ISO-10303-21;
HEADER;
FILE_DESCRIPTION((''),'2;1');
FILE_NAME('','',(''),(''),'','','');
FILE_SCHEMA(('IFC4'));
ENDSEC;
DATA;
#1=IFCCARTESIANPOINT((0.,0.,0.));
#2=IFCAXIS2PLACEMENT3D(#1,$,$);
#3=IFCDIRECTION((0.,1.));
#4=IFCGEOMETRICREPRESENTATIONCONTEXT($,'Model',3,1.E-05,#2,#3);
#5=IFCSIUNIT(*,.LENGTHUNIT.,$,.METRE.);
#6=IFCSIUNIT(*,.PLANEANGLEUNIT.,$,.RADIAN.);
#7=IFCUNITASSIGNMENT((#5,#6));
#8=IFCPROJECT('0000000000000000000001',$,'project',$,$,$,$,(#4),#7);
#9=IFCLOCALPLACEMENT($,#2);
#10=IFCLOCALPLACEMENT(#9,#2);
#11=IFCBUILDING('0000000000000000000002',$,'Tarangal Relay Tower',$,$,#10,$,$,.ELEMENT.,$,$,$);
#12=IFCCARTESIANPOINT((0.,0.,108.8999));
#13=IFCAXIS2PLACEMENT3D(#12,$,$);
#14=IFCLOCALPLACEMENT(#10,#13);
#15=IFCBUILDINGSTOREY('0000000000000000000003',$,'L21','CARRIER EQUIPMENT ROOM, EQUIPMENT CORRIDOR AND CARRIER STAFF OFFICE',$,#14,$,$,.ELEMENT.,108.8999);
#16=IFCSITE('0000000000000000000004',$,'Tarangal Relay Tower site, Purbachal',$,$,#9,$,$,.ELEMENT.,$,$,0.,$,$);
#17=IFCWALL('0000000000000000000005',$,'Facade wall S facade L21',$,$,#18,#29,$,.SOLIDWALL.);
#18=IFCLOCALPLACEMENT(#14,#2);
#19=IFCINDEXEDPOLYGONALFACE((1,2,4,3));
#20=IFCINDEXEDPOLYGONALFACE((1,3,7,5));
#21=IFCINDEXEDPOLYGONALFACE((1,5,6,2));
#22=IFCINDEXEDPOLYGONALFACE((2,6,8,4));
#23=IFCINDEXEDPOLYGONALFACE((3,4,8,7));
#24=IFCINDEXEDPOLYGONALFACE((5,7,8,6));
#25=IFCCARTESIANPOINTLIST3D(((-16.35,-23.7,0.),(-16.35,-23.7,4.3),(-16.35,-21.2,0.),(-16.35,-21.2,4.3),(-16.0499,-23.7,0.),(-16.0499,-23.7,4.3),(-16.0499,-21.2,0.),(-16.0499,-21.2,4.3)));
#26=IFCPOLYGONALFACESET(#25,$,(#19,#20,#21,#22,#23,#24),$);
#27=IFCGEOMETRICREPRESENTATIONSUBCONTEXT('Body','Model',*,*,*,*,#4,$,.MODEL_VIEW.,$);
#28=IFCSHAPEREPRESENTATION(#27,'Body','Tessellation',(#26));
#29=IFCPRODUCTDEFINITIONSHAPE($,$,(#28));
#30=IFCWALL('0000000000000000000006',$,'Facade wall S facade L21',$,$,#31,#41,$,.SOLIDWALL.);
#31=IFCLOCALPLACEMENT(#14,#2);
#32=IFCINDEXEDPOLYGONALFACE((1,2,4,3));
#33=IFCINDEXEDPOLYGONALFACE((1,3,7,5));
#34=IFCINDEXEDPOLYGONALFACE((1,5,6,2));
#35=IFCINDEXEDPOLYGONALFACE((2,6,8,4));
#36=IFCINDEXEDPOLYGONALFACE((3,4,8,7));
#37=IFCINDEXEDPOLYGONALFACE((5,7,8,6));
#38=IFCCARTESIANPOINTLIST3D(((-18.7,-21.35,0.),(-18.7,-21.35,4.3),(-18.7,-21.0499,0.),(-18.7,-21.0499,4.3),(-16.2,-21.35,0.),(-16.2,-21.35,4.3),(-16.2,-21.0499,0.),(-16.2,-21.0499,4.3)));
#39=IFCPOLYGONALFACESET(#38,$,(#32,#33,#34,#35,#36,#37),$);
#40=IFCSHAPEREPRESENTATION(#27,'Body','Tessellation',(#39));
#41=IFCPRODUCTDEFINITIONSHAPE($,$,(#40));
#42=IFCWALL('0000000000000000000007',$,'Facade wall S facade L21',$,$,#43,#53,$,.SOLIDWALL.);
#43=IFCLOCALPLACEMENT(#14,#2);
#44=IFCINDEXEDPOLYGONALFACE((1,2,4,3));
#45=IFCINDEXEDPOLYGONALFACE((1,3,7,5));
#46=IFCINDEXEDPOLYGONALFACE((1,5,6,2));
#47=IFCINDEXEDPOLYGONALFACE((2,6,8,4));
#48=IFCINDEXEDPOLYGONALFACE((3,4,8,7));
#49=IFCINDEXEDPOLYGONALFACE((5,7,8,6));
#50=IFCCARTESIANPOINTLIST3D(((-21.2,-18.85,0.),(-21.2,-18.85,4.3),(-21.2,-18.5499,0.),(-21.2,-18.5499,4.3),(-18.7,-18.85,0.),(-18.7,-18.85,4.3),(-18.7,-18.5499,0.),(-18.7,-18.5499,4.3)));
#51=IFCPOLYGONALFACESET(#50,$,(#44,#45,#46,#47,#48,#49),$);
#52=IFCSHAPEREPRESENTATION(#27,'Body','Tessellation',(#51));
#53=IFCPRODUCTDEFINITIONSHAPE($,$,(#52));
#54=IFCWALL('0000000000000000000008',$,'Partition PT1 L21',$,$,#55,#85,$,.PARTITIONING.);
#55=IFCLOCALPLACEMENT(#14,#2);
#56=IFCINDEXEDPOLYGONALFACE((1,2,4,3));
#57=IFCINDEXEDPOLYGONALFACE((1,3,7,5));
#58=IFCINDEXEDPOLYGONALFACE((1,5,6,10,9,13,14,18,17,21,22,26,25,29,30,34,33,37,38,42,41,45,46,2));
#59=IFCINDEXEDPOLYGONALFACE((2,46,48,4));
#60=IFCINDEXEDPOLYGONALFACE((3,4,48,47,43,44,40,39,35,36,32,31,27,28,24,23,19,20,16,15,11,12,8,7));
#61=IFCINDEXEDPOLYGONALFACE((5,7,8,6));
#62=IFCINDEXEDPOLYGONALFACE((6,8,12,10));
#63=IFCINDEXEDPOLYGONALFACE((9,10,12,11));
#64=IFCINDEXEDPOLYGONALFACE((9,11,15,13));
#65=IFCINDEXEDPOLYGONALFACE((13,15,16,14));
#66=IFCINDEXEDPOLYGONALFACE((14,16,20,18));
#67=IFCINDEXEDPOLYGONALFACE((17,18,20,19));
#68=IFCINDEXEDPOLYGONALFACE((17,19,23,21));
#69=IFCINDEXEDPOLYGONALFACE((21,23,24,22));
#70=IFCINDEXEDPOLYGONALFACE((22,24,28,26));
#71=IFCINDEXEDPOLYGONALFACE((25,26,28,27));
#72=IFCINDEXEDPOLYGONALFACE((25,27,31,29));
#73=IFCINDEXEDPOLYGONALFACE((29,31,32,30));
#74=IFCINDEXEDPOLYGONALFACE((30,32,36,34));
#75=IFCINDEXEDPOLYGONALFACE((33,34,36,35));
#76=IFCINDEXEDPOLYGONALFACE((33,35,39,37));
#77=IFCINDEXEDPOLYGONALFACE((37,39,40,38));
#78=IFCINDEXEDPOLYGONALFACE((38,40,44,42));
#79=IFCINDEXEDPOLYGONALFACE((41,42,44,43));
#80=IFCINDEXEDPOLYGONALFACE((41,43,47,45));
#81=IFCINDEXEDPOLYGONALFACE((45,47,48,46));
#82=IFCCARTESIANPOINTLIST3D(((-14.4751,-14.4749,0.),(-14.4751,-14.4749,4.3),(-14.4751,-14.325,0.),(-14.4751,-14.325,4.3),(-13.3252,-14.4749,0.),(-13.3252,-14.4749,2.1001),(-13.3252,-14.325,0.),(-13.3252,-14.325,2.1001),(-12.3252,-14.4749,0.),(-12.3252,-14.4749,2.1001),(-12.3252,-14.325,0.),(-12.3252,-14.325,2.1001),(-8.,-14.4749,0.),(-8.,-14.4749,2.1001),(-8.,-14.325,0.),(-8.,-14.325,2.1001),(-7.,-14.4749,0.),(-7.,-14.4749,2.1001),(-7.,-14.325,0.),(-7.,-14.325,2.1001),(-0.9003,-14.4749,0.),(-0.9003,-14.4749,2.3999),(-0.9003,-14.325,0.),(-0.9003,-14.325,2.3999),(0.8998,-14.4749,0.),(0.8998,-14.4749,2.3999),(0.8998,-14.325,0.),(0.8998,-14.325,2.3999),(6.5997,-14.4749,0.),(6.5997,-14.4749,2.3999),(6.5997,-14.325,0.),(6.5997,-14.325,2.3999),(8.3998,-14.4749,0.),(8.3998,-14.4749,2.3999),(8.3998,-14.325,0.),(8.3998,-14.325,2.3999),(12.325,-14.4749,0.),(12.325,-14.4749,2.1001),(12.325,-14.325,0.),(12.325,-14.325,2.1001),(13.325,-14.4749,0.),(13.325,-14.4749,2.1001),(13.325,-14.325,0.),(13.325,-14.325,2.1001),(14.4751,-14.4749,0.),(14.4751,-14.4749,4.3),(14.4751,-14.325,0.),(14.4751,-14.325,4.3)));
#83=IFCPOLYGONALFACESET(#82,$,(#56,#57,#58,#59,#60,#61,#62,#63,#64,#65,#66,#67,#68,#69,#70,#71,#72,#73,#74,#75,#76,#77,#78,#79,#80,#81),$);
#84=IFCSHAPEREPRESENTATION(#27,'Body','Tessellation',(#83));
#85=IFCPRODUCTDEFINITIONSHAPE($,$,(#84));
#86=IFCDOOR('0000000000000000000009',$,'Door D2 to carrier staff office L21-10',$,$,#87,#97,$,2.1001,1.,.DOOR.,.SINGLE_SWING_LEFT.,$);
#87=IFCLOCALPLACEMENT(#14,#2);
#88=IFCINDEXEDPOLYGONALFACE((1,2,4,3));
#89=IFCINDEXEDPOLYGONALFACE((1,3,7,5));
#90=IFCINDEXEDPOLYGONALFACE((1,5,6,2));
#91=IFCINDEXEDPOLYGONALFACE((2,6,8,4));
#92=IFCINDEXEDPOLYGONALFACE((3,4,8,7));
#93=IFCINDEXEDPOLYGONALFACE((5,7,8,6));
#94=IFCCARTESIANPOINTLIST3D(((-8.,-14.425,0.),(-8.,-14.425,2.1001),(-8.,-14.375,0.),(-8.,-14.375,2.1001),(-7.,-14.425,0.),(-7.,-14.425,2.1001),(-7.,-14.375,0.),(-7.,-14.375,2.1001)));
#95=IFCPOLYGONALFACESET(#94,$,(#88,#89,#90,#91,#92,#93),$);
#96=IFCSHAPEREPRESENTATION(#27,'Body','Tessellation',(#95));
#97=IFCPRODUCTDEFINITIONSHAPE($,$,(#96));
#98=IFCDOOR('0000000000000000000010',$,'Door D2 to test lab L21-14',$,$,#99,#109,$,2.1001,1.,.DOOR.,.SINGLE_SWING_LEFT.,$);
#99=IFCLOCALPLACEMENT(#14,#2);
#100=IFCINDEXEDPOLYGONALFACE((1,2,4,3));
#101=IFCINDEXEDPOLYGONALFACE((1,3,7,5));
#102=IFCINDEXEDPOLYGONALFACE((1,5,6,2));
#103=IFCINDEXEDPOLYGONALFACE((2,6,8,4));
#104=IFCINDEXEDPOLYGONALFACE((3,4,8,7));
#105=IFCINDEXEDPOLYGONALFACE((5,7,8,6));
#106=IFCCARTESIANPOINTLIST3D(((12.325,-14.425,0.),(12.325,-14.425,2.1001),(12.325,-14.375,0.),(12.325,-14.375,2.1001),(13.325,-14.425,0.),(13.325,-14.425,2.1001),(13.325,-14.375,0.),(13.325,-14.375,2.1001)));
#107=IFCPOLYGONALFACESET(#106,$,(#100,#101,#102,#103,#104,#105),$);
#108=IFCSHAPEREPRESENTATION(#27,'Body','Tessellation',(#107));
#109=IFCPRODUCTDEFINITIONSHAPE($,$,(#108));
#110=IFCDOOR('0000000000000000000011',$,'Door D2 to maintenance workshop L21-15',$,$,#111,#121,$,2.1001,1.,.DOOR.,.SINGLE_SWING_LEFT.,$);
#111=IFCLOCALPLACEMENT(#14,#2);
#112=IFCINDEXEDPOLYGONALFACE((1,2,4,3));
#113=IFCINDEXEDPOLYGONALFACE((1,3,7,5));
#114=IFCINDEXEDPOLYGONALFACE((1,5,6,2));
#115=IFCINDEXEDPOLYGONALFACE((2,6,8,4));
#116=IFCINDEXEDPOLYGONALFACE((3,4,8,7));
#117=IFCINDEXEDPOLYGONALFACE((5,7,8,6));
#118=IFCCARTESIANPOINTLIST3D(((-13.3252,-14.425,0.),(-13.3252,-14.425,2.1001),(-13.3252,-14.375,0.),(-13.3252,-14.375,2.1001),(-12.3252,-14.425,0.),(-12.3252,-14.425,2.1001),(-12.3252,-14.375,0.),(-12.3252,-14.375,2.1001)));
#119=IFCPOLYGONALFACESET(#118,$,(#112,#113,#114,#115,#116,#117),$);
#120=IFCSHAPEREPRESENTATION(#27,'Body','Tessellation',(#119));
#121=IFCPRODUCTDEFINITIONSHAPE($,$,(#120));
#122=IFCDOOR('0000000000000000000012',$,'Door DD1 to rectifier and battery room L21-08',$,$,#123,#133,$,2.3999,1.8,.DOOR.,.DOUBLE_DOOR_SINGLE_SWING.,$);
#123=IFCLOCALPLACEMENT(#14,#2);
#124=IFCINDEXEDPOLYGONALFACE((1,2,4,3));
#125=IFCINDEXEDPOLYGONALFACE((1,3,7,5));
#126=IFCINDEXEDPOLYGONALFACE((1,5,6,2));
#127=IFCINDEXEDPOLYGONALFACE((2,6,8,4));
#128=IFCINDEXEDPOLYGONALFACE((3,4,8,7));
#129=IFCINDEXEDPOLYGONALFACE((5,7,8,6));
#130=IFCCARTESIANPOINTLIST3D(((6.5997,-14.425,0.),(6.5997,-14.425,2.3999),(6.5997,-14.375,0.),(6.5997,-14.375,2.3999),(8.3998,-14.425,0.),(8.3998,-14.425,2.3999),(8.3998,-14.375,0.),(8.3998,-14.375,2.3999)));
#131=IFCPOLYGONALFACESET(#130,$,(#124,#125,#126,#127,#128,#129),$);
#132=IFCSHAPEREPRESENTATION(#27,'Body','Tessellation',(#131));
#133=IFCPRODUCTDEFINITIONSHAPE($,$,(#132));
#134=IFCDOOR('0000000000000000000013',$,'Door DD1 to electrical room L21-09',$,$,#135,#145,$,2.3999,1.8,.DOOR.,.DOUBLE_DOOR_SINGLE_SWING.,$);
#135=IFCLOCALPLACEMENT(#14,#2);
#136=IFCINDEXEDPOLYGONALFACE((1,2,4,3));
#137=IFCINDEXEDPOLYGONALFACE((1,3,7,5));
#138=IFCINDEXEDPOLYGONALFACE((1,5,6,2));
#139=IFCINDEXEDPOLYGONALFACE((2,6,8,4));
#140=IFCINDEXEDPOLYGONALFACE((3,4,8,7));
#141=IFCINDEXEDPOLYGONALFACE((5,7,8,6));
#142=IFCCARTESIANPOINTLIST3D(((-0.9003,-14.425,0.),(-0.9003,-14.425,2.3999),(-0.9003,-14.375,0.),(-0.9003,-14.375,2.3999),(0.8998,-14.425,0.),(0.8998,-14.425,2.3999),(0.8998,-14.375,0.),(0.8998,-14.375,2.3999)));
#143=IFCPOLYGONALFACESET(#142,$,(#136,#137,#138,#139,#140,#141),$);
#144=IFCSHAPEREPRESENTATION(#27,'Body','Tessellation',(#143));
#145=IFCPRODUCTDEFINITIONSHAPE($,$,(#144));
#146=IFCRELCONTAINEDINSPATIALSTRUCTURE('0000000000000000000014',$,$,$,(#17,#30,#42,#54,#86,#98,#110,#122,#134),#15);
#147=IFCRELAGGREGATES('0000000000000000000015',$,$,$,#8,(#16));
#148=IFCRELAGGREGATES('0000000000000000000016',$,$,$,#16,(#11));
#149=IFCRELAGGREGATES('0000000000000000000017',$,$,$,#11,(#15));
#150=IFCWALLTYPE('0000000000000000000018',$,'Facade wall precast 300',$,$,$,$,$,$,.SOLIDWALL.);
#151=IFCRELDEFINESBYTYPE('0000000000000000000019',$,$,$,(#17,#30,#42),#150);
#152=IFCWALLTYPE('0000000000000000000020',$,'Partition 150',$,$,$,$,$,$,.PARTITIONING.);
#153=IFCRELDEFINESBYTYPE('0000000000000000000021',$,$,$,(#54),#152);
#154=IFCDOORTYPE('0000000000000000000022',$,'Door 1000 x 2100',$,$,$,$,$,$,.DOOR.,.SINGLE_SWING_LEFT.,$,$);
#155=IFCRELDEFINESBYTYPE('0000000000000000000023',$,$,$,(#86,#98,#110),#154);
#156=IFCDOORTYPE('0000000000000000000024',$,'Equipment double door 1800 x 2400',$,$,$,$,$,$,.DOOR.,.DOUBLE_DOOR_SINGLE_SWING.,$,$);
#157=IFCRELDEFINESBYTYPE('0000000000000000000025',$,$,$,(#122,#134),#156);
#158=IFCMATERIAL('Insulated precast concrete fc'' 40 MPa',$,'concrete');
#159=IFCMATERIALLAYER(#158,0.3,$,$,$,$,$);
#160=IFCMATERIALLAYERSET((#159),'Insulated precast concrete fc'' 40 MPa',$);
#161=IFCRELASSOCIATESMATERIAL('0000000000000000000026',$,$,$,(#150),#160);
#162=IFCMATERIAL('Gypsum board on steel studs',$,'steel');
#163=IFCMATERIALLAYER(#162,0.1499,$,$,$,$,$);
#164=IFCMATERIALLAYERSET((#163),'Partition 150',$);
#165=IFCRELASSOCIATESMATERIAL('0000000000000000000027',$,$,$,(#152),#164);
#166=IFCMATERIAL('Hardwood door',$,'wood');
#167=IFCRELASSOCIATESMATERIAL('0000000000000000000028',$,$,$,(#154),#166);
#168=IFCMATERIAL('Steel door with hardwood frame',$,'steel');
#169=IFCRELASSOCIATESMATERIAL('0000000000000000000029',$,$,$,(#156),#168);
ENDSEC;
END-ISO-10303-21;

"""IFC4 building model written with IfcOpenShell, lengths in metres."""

from ifc_helpers import new_model, si_unit, direction, frame, frame_2d, origin, place, context, subcontext, project, spatial, rectangle, extrude, material, layer, layer_set, type_object, element, fill, save


model = new_model("IFC4")

# Units and contexts
model_context = context("Model", 3, precision=1e-05, world=origin(), true_north=direction((0.0, 1.0)))
body_context = subcontext(model_context, "Body", "Model", "MODEL_VIEW")
ifc_project = project(units=[si_unit("LENGTHUNIT", "METRE"), si_unit("PLANEANGLEUNIT", "RADIAN")], contexts=[model_context])

# Site, building, storey
site_placement = place(None, origin())
site = spatial("IfcSite", under=ifc_project, at=site_placement, Name="Tarangal Relay Tower site, Purbachal", CompositionType="ELEMENT", RefElevation=0.0)
building_placement = place(site_placement, origin())
building = spatial("IfcBuilding", under=site, at=building_placement, Name="Tarangal Relay Tower", CompositionType="ELEMENT")
storey_placement = place(building_placement, frame((0.0, 0.0, 108.8999)))
storey = spatial("IfcBuildingStorey", under=building, at=storey_placement, Name="L21", Description="CARRIER EQUIPMENT ROOM, EQUIPMENT CORRIDOR AND CARRIER STAFF OFFICE", CompositionType="ELEMENT", Elevation=108.8999)

# Walls
ifc_material_1 = material(Name="Insulated precast concrete fc' 40 MPa", Category="concrete")
ifc_layer_1 = layer(ifc_material_1, 0.3)
ifc_layer_set_1 = layer_set([ifc_layer_1], Name="Insulated precast concrete fc' 40 MPa")
wall_type_1 = type_object("IfcWallType", Name="Facade wall precast 300", PredefinedType="SOLIDWALL", material=ifc_layer_set_1)
for number, where, z_axis, x_axis, name in (
    (1, (-16.2, -23.7, 0.0), (0.0, 0.0, 1.0), (0.0, 1.0, 0.0), "Facade wall S facade L21"),
    (2, (-16.2, -21.2, 0.0), (0.0, 0.0, 1.0), (-1.0, 0.0, 0.0), "Facade wall S facade L21"),
):
    element("IfcWall", number, at=place(storey_placement, frame(where, z_axis=z_axis, x_axis=x_axis)), inside=storey, type_object=wall_type_1, Name=name, PredefinedType="SOLIDWALL", context=body_context, shape_type="SweptSolid", body=[
        extrude(rectangle(XDim=2.5, YDim=0.3, at=frame_2d((1.25, 0.0))), origin(), (0.0, 0.0, 1.0), 4.3),
    ])

# Wall
wall_1_placement = place(storey_placement, frame((-18.7, -18.7, 0.0), z_axis=(0.0, 0.0, 1.0), x_axis=(-1.0, 0.0, 0.0)))
element("IfcWall", 3, at=wall_1_placement, inside=storey, type_object=wall_type_1, Name="Facade wall S facade L21", PredefinedType="SOLIDWALL", context=body_context, shape_type="SweptSolid", body=[
    extrude(rectangle(XDim=2.5, YDim=0.3, at=frame_2d((1.25, 0.0))), origin(), (0.0, 0.0, 1.0), 4.3),
])

# Wall, openings, doors
ifc_material_2 = material(Name="Gypsum board on steel studs", Category="steel")
ifc_layer_2 = layer(ifc_material_2, 0.1499)
ifc_layer_set_2 = layer_set([ifc_layer_2], Name="Partition 150")
wall_type_2 = type_object("IfcWallType", Name="Partition 150", PredefinedType="PARTITIONING", material=ifc_layer_set_2)
wall_2_placement = place(storey_placement, frame((-14.4751, -14.3999, 0.0), z_axis=(0.0, 0.0, 1.0), x_axis=(1.0, 0.0, 0.0)))
wall_2 = element("IfcWall", 4, at=wall_2_placement, inside=storey, type_object=wall_type_2, Name="Partition PT1 L21", PredefinedType="PARTITIONING", context=body_context, shape_type="SweptSolid", body=[
    extrude(rectangle(XDim=28.9502, YDim=0.1499, at=frame_2d((14.4751, 0.0))), origin(), (0.0, 0.0, 1.0), 4.3),
])
opening_1_placement = place(wall_2_placement, frame((21.075, 0.0, 0.0)))
opening_1 = element("IfcOpeningElement", 5, at=opening_1_placement, cuts=wall_2, PredefinedType="OPENING", context=body_context, shape_type="SweptSolid", body=[
    extrude(rectangle(XDim=1.8, YDim=2.3999, at=frame_2d((0.8999, 1.2))), frame((0.0, 0.085, 0.0), z_axis=(0.0, -1.0, 0.0), x_axis=(1.0, 0.0, 0.0)), (0.0, 0.0, 1.0), 0.1699),
])
opening_2_placement = place(wall_2_placement, frame((13.575, 0.0, 0.0)))
opening_2 = element("IfcOpeningElement", 6, at=opening_2_placement, cuts=wall_2, PredefinedType="OPENING", context=body_context, shape_type="SweptSolid", body=[
    extrude(rectangle(XDim=1.8, YDim=2.3999, at=frame_2d((0.8999, 1.2))), frame((0.0, 0.085, 0.0), z_axis=(0.0, -1.0, 0.0), x_axis=(1.0, 0.0, 0.0)), (0.0, 0.0, 1.0), 0.1699),
])
opening_3_placement = place(wall_2_placement, frame((6.4751, 0.0, 0.0)))
opening_3 = element("IfcOpeningElement", 7, at=opening_3_placement, cuts=wall_2, PredefinedType="OPENING", context=body_context, shape_type="SweptSolid", body=[
    extrude(rectangle(XDim=1.0, YDim=2.1001, at=frame_2d((0.5, 1.05))), frame((0.0, 0.085, 0.0), z_axis=(0.0, -1.0, 0.0), x_axis=(1.0, 0.0, 0.0)), (0.0, 0.0, 1.0), 0.1699),
])
opening_4_placement = place(wall_2_placement, frame((26.8, 0.0, 0.0)))
opening_4 = element("IfcOpeningElement", 8, at=opening_4_placement, cuts=wall_2, PredefinedType="OPENING", context=body_context, shape_type="SweptSolid", body=[
    extrude(rectangle(XDim=1.0, YDim=2.1001, at=frame_2d((0.5, 1.05))), frame((0.0, 0.085, 0.0), z_axis=(0.0, -1.0, 0.0), x_axis=(1.0, 0.0, 0.0)), (0.0, 0.0, 1.0), 0.1699),
])
opening_5_placement = place(wall_2_placement, frame((1.1499, 0.0, 0.0)))
opening_5 = element("IfcOpeningElement", 9, at=opening_5_placement, cuts=wall_2, PredefinedType="OPENING", context=body_context, shape_type="SweptSolid", body=[
    extrude(rectangle(XDim=1.0, YDim=2.1001, at=frame_2d((0.5, 1.05))), frame((0.0, 0.085, 0.0), z_axis=(0.0, -1.0, 0.0), x_axis=(1.0, 0.0, 0.0)), (0.0, 0.0, 1.0), 0.1699),
])
ifc_material_3 = material(Name="Hardwood door", Category="wood")
door_type_1 = type_object("IfcDoorType", Name="Door 1000 x 2100", OperationType="SINGLE_SWING_LEFT", PredefinedType="DOOR", material=ifc_material_3)
door_1_placement = place(opening_3_placement, origin())
door_1 = element("IfcDoor", 10, at=door_1_placement, inside=storey, type_object=door_type_1, Name="Door D2 to carrier staff office L21-10", OperationType="SINGLE_SWING_LEFT", OverallHeight=2.1001, OverallWidth=1.0, PredefinedType="DOOR", context=body_context, shape_type="SweptSolid", body=[
    extrude(rectangle(XDim=1.0, YDim=2.1001, at=frame_2d((0.5, 1.05))), frame((0.0, 0.0249, 0.0), z_axis=(0.0, -1.0, 0.0), x_axis=(1.0, 0.0, 0.0)), (0.0, 0.0, 1.0), 0.05),
])
fill(opening_3, door_1)
door_2_placement = place(opening_4_placement, origin())
door_2 = element("IfcDoor", 11, at=door_2_placement, inside=storey, type_object=door_type_1, Name="Door D2 to test lab L21-14", OperationType="SINGLE_SWING_LEFT", OverallHeight=2.1001, OverallWidth=1.0, PredefinedType="DOOR", context=body_context, shape_type="SweptSolid", body=[
    extrude(rectangle(XDim=1.0, YDim=2.1001, at=frame_2d((0.5, 1.05))), frame((0.0, 0.0249, 0.0), z_axis=(0.0, -1.0, 0.0), x_axis=(1.0, 0.0, 0.0)), (0.0, 0.0, 1.0), 0.05),
])
fill(opening_4, door_2)
door_3_placement = place(opening_5_placement, origin())
door_3 = element("IfcDoor", 12, at=door_3_placement, inside=storey, type_object=door_type_1, Name="Door D2 to maintenance workshop L21-15", OperationType="SINGLE_SWING_LEFT", OverallHeight=2.1001, OverallWidth=1.0, PredefinedType="DOOR", context=body_context, shape_type="SweptSolid", body=[
    extrude(rectangle(XDim=1.0, YDim=2.1001, at=frame_2d((0.5, 1.05))), frame((0.0, 0.0249, 0.0), z_axis=(0.0, -1.0, 0.0), x_axis=(1.0, 0.0, 0.0)), (0.0, 0.0, 1.0), 0.05),
])
fill(opening_5, door_3)
ifc_material_4 = material(Name="Steel door with hardwood frame", Category="steel")
door_type_2 = type_object("IfcDoorType", Name="Equipment double door 1800 x 2400", OperationType="DOUBLE_DOOR_SINGLE_SWING", PredefinedType="DOOR", material=ifc_material_4)
door_4_placement = place(opening_1_placement, origin())
door_4 = element("IfcDoor", 13, at=door_4_placement, inside=storey, type_object=door_type_2, Name="Door DD1 to rectifier and battery room L21-08", OperationType="DOUBLE_DOOR_SINGLE_SWING", OverallHeight=2.3999, OverallWidth=1.8, PredefinedType="DOOR", context=body_context, shape_type="SweptSolid", body=[
    extrude(rectangle(XDim=1.8, YDim=2.3999, at=frame_2d((0.8999, 1.2))), frame((0.0, 0.0249, 0.0), z_axis=(0.0, -1.0, 0.0), x_axis=(1.0, 0.0, 0.0)), (0.0, 0.0, 1.0), 0.05),
])
fill(opening_1, door_4)
door_5_placement = place(opening_2_placement, origin())
door_5 = element("IfcDoor", 14, at=door_5_placement, inside=storey, type_object=door_type_2, Name="Door DD1 to electrical room L21-09", OperationType="DOUBLE_DOOR_SINGLE_SWING", OverallHeight=2.3999, OverallWidth=1.8, PredefinedType="DOOR", context=body_context, shape_type="SweptSolid", body=[
    extrude(rectangle(XDim=1.8, YDim=2.3999, at=frame_2d((0.8999, 1.2))), frame((0.0, 0.0249, 0.0), z_axis=(0.0, -1.0, 0.0), x_axis=(1.0, 0.0, 0.0)), (0.0, 0.0, 1.0), 0.05),
])
fill(opening_2, door_5)

save(model, "model.ifc")
